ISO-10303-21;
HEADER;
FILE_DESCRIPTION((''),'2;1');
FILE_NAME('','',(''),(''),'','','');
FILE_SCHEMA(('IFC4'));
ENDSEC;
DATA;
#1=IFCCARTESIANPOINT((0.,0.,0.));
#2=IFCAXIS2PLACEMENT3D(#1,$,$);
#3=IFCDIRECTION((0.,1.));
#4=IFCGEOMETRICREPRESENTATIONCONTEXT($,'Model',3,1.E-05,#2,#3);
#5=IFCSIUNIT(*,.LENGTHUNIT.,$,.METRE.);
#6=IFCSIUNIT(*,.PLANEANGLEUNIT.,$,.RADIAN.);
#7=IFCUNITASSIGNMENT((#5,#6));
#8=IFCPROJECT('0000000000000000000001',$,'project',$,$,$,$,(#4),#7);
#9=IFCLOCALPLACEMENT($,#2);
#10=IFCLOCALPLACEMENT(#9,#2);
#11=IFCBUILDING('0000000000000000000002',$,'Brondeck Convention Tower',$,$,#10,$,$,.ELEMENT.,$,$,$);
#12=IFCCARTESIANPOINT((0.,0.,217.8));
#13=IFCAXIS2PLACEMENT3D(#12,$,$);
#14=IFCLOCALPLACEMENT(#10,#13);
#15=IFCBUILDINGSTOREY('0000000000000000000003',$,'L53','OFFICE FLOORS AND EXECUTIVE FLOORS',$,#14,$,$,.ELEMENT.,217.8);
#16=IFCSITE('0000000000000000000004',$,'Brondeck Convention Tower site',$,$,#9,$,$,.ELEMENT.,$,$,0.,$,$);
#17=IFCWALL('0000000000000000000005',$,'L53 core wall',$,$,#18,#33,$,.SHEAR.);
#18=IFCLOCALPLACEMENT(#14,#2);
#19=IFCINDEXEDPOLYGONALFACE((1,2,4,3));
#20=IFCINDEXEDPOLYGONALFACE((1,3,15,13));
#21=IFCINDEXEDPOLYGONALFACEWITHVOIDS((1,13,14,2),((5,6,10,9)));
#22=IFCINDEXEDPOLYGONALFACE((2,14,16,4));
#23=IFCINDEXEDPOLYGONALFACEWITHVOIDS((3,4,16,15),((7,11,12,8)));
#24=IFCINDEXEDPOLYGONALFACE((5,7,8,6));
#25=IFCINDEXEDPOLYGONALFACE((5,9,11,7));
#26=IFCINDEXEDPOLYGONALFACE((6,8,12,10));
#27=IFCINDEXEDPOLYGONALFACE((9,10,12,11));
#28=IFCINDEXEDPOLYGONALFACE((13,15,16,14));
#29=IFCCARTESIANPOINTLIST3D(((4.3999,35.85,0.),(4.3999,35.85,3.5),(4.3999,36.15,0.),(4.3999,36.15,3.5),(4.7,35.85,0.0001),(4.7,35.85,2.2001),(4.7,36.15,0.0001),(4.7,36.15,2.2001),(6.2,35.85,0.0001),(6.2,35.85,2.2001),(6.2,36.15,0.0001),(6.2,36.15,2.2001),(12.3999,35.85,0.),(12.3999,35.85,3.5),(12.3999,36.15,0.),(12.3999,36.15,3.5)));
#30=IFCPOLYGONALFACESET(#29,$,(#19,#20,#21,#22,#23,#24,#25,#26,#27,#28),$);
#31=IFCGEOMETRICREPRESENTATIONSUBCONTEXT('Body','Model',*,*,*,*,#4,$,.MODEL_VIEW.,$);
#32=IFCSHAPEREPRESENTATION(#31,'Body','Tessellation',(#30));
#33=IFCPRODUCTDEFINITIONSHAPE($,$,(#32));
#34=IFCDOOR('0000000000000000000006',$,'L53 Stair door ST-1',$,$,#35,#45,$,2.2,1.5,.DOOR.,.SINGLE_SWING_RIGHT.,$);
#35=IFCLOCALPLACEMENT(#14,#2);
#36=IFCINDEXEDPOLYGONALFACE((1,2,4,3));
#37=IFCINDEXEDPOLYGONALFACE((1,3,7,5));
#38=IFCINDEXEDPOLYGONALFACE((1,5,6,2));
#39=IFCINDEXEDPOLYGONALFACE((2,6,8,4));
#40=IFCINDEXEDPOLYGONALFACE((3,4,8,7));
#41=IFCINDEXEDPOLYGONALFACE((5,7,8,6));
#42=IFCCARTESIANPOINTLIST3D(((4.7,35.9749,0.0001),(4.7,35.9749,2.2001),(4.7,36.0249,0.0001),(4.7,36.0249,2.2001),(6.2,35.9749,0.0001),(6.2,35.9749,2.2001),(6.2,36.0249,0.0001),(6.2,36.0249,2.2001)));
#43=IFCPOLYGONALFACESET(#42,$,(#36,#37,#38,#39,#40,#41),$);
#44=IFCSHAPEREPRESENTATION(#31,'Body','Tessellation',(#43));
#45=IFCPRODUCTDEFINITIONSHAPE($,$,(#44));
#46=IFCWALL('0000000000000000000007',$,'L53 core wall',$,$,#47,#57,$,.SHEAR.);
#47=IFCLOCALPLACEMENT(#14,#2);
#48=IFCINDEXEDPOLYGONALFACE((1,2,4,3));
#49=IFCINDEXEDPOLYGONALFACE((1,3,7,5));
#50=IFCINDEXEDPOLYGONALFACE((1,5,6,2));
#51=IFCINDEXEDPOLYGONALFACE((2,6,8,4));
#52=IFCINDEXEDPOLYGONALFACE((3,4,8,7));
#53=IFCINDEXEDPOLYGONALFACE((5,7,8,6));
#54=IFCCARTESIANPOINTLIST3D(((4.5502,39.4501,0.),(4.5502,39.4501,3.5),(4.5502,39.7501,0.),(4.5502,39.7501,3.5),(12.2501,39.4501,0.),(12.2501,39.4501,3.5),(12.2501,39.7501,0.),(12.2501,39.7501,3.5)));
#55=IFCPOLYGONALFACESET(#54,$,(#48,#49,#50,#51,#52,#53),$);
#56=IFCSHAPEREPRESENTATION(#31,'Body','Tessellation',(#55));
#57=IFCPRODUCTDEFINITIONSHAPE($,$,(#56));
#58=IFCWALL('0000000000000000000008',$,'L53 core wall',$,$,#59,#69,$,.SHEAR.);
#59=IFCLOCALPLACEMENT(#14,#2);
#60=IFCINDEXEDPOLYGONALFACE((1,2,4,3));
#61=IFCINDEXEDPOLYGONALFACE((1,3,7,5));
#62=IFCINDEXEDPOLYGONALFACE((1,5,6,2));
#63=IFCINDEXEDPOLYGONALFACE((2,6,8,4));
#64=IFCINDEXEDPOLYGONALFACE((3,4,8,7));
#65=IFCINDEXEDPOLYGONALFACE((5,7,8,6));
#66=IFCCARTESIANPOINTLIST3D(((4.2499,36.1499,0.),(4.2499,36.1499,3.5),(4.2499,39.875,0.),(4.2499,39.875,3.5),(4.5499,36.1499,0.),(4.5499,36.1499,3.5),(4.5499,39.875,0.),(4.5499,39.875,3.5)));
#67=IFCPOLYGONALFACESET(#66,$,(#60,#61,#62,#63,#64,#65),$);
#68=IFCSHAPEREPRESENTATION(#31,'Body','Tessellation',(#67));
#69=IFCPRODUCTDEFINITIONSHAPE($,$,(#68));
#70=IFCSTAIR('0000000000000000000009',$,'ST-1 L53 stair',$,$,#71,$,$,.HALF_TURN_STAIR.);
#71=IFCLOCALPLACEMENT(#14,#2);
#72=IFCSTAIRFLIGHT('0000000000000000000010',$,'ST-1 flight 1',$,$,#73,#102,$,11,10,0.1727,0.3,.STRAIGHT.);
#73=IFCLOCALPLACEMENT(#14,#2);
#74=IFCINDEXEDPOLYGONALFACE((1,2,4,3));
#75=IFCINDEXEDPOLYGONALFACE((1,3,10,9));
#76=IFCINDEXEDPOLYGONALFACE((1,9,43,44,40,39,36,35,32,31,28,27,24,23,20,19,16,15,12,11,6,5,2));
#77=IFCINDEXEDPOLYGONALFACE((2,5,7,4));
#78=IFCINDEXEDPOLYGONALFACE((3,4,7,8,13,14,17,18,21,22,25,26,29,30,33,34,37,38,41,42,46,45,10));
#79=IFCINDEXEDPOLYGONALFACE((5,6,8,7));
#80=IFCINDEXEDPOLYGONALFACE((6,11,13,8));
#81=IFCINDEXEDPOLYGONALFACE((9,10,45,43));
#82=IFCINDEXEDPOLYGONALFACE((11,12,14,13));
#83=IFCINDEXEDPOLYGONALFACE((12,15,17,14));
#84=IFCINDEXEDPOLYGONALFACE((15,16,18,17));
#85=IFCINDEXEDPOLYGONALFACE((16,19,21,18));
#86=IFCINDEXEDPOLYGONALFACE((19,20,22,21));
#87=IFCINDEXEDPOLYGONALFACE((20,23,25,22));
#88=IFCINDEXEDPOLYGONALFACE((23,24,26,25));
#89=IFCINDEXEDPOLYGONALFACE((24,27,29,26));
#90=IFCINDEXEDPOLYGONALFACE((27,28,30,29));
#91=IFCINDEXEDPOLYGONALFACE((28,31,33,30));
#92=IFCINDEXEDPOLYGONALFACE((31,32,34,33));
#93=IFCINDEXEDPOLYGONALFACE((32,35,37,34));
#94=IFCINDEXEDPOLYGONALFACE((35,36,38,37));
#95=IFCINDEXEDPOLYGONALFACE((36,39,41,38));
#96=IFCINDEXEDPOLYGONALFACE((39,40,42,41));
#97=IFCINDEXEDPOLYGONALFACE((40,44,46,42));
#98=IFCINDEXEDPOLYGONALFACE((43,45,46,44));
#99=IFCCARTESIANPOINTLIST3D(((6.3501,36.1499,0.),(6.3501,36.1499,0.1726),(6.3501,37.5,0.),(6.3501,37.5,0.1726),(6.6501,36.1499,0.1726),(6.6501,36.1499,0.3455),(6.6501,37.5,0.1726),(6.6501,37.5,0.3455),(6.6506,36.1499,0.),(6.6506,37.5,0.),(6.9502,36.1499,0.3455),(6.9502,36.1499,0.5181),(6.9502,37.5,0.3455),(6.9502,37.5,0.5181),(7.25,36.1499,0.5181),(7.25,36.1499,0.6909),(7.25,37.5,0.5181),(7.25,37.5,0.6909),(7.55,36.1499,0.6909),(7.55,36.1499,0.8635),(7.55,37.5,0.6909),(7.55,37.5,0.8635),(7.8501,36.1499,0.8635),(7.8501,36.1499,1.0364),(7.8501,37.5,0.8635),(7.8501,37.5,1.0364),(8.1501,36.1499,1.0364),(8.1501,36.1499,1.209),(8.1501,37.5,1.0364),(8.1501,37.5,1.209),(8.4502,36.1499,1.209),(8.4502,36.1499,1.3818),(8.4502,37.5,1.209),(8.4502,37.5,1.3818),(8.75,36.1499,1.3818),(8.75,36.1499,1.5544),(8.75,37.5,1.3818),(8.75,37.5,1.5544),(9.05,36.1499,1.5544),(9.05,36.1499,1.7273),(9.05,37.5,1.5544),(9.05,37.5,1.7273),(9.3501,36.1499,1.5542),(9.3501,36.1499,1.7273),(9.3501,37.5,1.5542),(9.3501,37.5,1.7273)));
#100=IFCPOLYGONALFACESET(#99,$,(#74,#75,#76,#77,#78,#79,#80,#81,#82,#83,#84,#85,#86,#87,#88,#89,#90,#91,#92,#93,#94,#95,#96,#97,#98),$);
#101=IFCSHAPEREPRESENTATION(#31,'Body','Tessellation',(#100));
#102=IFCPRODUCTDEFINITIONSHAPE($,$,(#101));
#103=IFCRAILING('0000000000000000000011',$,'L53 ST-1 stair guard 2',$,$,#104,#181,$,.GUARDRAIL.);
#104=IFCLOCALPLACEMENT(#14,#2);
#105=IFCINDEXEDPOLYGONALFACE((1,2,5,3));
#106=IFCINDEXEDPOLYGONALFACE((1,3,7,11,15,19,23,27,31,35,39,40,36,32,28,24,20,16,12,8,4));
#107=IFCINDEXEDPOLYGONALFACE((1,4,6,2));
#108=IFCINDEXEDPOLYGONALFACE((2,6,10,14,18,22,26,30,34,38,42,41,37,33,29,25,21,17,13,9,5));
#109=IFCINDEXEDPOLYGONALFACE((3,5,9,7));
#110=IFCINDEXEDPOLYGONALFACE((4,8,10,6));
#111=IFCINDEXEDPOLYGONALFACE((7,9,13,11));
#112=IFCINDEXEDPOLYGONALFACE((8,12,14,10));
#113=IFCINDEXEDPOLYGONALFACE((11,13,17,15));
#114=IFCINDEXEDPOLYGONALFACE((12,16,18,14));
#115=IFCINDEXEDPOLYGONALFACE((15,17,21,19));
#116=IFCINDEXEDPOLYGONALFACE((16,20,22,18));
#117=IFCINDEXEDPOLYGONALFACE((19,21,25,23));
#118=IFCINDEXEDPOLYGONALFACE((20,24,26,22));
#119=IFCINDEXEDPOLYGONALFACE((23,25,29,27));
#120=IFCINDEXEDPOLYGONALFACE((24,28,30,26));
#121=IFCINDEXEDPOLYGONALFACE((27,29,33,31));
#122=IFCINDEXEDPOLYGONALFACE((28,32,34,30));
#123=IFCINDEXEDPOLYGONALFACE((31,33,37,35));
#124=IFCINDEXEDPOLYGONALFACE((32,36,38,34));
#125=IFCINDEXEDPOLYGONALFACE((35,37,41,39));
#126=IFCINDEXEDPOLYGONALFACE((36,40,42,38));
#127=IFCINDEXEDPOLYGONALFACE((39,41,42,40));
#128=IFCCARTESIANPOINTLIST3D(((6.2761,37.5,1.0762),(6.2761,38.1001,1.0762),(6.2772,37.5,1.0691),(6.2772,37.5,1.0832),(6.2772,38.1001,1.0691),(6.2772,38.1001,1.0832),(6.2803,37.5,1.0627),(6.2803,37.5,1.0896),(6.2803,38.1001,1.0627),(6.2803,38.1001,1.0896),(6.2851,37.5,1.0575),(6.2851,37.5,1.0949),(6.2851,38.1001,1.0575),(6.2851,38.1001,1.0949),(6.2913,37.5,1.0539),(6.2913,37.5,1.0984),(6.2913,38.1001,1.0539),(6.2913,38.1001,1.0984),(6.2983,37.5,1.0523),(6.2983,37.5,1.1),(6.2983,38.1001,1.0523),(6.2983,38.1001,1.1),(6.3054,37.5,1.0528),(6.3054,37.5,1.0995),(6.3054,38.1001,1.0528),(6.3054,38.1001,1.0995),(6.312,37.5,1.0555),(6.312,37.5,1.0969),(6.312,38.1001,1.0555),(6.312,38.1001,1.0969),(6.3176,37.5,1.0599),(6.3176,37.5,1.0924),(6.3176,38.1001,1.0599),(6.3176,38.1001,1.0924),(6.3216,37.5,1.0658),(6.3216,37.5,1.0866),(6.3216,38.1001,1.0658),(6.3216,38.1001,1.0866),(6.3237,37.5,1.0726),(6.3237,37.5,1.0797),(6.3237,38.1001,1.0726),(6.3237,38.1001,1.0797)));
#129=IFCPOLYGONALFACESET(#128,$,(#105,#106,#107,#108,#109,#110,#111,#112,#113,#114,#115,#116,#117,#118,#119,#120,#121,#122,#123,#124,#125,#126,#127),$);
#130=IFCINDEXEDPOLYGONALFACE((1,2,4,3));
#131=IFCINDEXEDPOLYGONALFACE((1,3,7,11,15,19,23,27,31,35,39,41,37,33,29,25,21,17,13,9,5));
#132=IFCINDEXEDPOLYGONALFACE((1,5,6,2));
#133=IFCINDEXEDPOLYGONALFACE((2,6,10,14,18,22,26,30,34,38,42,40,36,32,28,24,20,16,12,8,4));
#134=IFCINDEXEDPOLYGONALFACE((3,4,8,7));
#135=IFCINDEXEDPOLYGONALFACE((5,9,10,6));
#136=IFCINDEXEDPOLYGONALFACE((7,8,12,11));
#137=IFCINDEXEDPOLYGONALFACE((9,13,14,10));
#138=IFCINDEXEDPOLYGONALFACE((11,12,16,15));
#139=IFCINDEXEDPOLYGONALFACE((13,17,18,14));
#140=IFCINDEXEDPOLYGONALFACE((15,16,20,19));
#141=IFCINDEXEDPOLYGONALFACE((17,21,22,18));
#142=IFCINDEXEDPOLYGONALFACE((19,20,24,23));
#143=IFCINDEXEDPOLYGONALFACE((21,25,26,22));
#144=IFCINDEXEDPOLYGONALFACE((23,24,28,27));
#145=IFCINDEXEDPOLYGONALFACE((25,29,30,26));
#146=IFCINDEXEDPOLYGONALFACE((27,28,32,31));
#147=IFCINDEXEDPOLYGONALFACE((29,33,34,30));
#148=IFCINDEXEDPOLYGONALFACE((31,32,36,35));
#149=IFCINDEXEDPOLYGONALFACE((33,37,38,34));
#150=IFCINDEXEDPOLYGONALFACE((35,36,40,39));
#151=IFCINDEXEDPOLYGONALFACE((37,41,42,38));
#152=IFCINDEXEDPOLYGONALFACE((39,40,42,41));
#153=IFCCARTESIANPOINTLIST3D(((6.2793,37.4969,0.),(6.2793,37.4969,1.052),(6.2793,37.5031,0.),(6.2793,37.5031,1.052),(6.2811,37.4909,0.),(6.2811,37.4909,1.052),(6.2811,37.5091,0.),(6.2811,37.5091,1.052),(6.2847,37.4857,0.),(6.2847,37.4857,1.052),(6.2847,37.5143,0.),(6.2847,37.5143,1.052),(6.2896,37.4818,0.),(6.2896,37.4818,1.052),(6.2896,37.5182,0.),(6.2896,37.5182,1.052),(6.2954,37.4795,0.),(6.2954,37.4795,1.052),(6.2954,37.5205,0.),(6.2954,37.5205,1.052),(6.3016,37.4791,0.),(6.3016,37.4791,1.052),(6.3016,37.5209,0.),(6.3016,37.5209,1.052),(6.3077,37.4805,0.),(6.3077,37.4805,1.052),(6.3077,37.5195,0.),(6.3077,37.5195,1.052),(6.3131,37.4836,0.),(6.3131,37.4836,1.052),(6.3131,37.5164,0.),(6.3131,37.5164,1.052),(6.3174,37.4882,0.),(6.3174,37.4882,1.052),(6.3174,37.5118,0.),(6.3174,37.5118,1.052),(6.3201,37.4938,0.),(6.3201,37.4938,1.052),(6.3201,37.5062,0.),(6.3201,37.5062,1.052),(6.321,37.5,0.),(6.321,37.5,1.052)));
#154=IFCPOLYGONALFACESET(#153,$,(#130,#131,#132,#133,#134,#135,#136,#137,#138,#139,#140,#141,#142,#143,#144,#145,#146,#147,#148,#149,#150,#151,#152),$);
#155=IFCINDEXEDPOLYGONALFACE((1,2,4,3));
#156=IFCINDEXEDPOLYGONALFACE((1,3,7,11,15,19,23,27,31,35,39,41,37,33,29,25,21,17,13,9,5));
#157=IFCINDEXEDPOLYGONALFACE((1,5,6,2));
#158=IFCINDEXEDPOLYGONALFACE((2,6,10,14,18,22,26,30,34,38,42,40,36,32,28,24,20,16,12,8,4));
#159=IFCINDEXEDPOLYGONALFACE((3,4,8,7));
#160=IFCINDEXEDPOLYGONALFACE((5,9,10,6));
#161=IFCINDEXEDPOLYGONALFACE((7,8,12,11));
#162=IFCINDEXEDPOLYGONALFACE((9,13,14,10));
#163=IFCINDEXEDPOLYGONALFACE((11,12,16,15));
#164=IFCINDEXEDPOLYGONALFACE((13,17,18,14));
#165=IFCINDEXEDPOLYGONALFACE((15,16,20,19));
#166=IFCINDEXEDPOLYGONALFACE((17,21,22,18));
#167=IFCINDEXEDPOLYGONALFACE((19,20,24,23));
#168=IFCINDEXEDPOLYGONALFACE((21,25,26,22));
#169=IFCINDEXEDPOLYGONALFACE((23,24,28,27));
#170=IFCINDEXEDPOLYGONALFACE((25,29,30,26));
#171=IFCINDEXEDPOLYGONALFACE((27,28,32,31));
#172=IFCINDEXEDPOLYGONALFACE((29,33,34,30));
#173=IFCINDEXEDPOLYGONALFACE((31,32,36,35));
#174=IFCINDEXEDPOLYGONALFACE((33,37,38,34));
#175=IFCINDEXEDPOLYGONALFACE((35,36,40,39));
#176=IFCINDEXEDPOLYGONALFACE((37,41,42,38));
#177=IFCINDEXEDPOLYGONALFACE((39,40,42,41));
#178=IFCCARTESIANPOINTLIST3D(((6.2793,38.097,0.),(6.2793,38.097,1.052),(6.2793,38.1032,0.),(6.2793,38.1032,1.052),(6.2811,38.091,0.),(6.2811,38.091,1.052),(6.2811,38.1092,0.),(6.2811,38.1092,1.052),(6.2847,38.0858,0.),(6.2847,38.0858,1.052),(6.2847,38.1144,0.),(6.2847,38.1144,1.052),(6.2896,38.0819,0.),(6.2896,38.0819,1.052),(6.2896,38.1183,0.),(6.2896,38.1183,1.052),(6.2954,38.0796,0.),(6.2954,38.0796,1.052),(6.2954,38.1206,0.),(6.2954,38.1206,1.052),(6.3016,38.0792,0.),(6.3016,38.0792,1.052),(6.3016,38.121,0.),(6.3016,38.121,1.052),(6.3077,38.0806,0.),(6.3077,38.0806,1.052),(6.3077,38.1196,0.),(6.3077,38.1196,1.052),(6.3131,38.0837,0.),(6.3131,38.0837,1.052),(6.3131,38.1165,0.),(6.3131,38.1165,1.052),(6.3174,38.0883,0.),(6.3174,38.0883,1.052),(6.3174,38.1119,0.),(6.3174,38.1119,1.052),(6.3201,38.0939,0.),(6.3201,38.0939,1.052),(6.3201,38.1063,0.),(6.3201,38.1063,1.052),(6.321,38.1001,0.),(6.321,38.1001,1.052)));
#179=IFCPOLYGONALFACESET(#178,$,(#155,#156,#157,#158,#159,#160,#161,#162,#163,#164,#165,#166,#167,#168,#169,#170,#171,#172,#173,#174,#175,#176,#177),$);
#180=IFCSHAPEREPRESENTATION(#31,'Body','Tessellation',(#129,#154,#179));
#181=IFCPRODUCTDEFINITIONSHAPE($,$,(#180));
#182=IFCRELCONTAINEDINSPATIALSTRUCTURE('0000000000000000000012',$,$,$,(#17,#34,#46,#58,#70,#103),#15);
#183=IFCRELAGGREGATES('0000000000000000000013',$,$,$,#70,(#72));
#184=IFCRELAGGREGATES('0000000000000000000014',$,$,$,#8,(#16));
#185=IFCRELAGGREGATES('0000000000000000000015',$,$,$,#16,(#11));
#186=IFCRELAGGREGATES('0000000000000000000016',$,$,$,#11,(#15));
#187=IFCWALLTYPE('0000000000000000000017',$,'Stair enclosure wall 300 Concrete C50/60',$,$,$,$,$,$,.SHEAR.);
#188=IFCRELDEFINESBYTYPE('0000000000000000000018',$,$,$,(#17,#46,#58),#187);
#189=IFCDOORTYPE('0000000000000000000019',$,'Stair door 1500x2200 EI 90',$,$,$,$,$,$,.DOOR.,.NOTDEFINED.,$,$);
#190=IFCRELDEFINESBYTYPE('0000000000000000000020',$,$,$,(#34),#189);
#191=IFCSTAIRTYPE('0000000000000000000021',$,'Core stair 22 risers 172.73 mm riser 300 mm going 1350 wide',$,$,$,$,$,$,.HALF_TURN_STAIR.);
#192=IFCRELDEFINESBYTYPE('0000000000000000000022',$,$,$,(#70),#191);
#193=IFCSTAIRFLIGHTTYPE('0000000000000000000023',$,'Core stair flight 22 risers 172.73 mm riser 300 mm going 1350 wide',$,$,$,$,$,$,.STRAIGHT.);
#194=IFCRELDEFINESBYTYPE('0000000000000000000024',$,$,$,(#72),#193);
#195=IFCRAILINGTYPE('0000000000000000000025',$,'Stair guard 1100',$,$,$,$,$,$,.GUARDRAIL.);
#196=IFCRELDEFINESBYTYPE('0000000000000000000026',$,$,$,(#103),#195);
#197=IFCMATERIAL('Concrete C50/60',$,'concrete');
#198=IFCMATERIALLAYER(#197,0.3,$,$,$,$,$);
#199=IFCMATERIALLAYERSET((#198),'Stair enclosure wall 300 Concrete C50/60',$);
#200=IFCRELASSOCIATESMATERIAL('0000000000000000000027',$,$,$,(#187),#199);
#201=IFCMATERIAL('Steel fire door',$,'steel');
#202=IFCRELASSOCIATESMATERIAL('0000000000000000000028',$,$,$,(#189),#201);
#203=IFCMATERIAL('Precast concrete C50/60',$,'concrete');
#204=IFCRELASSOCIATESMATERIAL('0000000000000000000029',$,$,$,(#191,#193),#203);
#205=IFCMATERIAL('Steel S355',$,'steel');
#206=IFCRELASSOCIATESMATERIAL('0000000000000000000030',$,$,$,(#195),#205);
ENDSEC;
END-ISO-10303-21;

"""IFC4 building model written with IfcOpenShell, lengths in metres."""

from ifc_helpers import new_model, si_unit, direction, frame, frame_2d, origin, origin_2d, place, context, subcontext, project, spatial, polyline, rectangle, circle, outline, extrude, material, layer, layer_set, type_object, element, fill, aggregate, save


model = new_model("IFC4")

# Units and contexts
model_context = context("Model", 3, precision=1e-05, world=origin(), true_north=direction((0.0, 1.0)))
body_context = subcontext(model_context, "Body", "Model", "MODEL_VIEW")
ifc_project = project(units=[si_unit("LENGTHUNIT", "METRE"), si_unit("PLANEANGLEUNIT", "RADIAN")], contexts=[model_context])

# Site, building, storey
site_placement = place(None, origin())
site = spatial("IfcSite", under=ifc_project, at=site_placement, Name="Brondeck Convention Tower site", CompositionType="ELEMENT", RefElevation=0.0)
building_placement = place(site_placement, origin())
building = spatial("IfcBuilding", under=site, at=building_placement, Name="Brondeck Convention Tower", CompositionType="ELEMENT")
storey_placement = place(building_placement, frame((0.0, 0.0, 217.8)))
storey = spatial("IfcBuildingStorey", under=building, at=storey_placement, Name="L53", Description="OFFICE FLOORS AND EXECUTIVE FLOORS", CompositionType="ELEMENT", Elevation=217.8)

# Shared definitions
ifc_material_1 = material(Name="Concrete C50/60", Category="concrete")

# Shared definitions
ifc_material_2 = material(Name="Steel fire door", Category="steel")

# Wall, opening, door
ifc_layer_1 = layer(ifc_material_1, 0.3)
ifc_layer_set_1 = layer_set([ifc_layer_1], Name="Stair enclosure wall 300 Concrete C50/60")
wall_type_1 = type_object("IfcWallType", Name="Stair enclosure wall 300 Concrete C50/60", PredefinedType="SHEAR", material=ifc_layer_set_1)
wall_1_placement = place(storey_placement, frame((4.3999, 36.0, 0.0), z_axis=(0.0, 0.0, 1.0), x_axis=(1.0, 0.0, 0.0)))
wall_1 = element("IfcWall", 1, at=wall_1_placement, inside=storey, type_object=wall_type_1, Name="L53 core wall", PredefinedType="SHEAR", context=body_context, shape_type="SweptSolid", body=[
    extrude(rectangle(XDim=8.0, YDim=0.3, at=frame_2d((4.0, 0.0))), origin(), (0.0, 0.0, 1.0), 3.5),
])
opening_1_placement = place(wall_1_placement, frame((0.3, 0.0, 0.0)))
opening_1 = element("IfcOpeningElement", 2, at=opening_1_placement, cuts=wall_1, PredefinedType="OPENING", context=body_context, shape_type="SweptSolid", body=[
    extrude(rectangle(XDim=1.5, YDim=2.2, at=frame_2d((0.75, 1.1001))), frame((0.0, 0.1599, 0.0), z_axis=(0.0, -1.0, 0.0), x_axis=(1.0, 0.0, 0.0)), (0.0, 0.0, 1.0), 0.3201),
])
door_type_1 = type_object("IfcDoorType", Name="Stair door 1500x2200 EI 90", OperationType="NOTDEFINED", PredefinedType="DOOR", material=ifc_material_2)
door_1_placement = place(opening_1_placement, origin())
door_1 = element("IfcDoor", 3, at=door_1_placement, inside=storey, type_object=door_type_1, Name="L53 Stair door ST-1", OperationType="SINGLE_SWING_RIGHT", OverallHeight=2.2, OverallWidth=1.5, PredefinedType="DOOR", context=body_context, shape_type="SweptSolid", body=[
    extrude(rectangle(XDim=1.5, YDim=2.2, at=frame_2d((0.75, 1.1001))), frame((0.0, 0.0249, 0.0), z_axis=(0.0, -1.0, 0.0), x_axis=(1.0, 0.0, 0.0)), (0.0, 0.0, 1.0), 0.05),
])
fill(opening_1, door_1)

# Walls
wall_2_placement = place(storey_placement, frame((4.55, 39.6001, 0.0), z_axis=(0.0, 0.0, 1.0), x_axis=(1.0, 0.0, 0.0)))
element("IfcWall", 4, at=wall_2_placement, inside=storey, type_object=wall_type_1, Name="L53 core wall", PredefinedType="SHEAR", context=body_context, shape_type="SweptSolid", body=[
    extrude(rectangle(XDim=7.7, YDim=0.3, at=frame_2d((3.8501, 0.0))), origin(), (0.0, 0.0, 1.0), 3.5),
])
wall_3_placement = place(storey_placement, frame((4.3999, 36.1499, 0.0), z_axis=(0.0, 0.0, 1.0), x_axis=(0.0, 1.0, 0.0)))
element("IfcWall", 5, at=wall_3_placement, inside=storey, type_object=wall_type_1, Name="L53 core wall", PredefinedType="SHEAR", context=body_context, shape_type="SweptSolid", body=[
    extrude(rectangle(XDim=3.7251, YDim=0.3, at=frame_2d((1.8625, 0.0))), origin(), (0.0, 0.0, 1.0), 3.5),
])

# Stair, stair flight
ifc_material_3 = material(Name="Precast concrete C50/60", Category="concrete")
stair_type = type_object("IfcStairType", Name="Core stair 22 risers 172.73 mm riser 300 mm going 1350 wide", PredefinedType="HALF_TURN_STAIR", material=ifc_material_3)
stair_placement = place(storey_placement, origin())
stair = element("IfcStair", 6, at=stair_placement, inside=storey, type_object=stair_type, Name="ST-1 L53 stair", PredefinedType="HALF_TURN_STAIR")
stair_flight_type = type_object("IfcStairFlightType", Name="Core stair flight 22 risers 172.73 mm riser 300 mm going 1350 wide", PredefinedType="STRAIGHT", material=ifc_material_3)
stair_flight_placement = place(storey_placement, frame((6.3501, 36.825, 0.0), z_axis=(0.0, 0.0, 1.0), x_axis=(1.0, 0.0, 0.0)))
stair_flight = element("IfcStairFlight", 7, at=stair_flight_placement, type_object=stair_flight_type, Name="ST-1 flight 1", NumberOfRisers=11, NumberOfTreads=10, PredefinedType="STRAIGHT", RiserHeight=0.1727, TreadLength=0.3, context=body_context, shape_type="SweptSolid", body=[
    extrude(outline(polyline([(0.0, 0.0), (0.0, 0.1726), (0.3, 0.1726), (0.3, 0.3455), (0.6001, 0.3455), (0.6001, 0.5181), (0.8999, 0.5181), (0.8999, 0.6909), (1.2, 0.6909), (1.2, 0.8635), (1.5, 0.8635), (1.5, 1.0364), (1.8, 1.0364), (1.8, 1.209), (2.1001, 1.209), (2.1001, 1.3818), (2.3999, 1.3818), (2.3999, 1.5544), (2.7, 1.5544), (2.7, 1.7273), (3.0, 1.7273), (3.0, 1.8999), (3.0, 1.5542), (0.3005, 0.0), (0.0, 0.0)])), frame((0.0, 0.675, 0.0), z_axis=(0.0, -1.0, 0.0), x_axis=(1.0, 0.0, 0.0)), (0.0, 0.0, 1.0), 1.3501),
])
aggregate(stair, [stair_flight])

# Railing
ifc_material_4 = material(Name="Steel S355", Category="steel")
railing_type_1 = type_object("IfcRailingType", Name="Stair guard 1100", PredefinedType="GUARDRAIL", material=ifc_material_4)
railing_1_placement = place(storey_placement, frame((6.3, 37.5, 0.0)))
element("IfcRailing", 8, at=railing_1_placement, inside=storey, type_object=railing_type_1, Name="L53 ST-1 stair guard 2", PredefinedType="GUARDRAIL", context=body_context, shape_type="SweptSolid", body=[
    extrude(circle(Radius=0.0239, at=origin_2d()), frame((0.0, 0.0, 1.0762), z_axis=(0.0, 1.0, 0.0), x_axis=(-1.0, 0.0, 0.0)), (0.0, 0.0, 1.0), 0.6001),
    extrude(circle(Radius=0.021, at=origin_2d()), origin(), (0.0, 0.0, 1.0), 1.052),
    extrude(circle(Radius=0.021, at=origin_2d()), frame((0.0, 0.6001, 0.0)), (0.0, 0.0, 1.0), 1.052),
])

save(model, "model.ifc")
